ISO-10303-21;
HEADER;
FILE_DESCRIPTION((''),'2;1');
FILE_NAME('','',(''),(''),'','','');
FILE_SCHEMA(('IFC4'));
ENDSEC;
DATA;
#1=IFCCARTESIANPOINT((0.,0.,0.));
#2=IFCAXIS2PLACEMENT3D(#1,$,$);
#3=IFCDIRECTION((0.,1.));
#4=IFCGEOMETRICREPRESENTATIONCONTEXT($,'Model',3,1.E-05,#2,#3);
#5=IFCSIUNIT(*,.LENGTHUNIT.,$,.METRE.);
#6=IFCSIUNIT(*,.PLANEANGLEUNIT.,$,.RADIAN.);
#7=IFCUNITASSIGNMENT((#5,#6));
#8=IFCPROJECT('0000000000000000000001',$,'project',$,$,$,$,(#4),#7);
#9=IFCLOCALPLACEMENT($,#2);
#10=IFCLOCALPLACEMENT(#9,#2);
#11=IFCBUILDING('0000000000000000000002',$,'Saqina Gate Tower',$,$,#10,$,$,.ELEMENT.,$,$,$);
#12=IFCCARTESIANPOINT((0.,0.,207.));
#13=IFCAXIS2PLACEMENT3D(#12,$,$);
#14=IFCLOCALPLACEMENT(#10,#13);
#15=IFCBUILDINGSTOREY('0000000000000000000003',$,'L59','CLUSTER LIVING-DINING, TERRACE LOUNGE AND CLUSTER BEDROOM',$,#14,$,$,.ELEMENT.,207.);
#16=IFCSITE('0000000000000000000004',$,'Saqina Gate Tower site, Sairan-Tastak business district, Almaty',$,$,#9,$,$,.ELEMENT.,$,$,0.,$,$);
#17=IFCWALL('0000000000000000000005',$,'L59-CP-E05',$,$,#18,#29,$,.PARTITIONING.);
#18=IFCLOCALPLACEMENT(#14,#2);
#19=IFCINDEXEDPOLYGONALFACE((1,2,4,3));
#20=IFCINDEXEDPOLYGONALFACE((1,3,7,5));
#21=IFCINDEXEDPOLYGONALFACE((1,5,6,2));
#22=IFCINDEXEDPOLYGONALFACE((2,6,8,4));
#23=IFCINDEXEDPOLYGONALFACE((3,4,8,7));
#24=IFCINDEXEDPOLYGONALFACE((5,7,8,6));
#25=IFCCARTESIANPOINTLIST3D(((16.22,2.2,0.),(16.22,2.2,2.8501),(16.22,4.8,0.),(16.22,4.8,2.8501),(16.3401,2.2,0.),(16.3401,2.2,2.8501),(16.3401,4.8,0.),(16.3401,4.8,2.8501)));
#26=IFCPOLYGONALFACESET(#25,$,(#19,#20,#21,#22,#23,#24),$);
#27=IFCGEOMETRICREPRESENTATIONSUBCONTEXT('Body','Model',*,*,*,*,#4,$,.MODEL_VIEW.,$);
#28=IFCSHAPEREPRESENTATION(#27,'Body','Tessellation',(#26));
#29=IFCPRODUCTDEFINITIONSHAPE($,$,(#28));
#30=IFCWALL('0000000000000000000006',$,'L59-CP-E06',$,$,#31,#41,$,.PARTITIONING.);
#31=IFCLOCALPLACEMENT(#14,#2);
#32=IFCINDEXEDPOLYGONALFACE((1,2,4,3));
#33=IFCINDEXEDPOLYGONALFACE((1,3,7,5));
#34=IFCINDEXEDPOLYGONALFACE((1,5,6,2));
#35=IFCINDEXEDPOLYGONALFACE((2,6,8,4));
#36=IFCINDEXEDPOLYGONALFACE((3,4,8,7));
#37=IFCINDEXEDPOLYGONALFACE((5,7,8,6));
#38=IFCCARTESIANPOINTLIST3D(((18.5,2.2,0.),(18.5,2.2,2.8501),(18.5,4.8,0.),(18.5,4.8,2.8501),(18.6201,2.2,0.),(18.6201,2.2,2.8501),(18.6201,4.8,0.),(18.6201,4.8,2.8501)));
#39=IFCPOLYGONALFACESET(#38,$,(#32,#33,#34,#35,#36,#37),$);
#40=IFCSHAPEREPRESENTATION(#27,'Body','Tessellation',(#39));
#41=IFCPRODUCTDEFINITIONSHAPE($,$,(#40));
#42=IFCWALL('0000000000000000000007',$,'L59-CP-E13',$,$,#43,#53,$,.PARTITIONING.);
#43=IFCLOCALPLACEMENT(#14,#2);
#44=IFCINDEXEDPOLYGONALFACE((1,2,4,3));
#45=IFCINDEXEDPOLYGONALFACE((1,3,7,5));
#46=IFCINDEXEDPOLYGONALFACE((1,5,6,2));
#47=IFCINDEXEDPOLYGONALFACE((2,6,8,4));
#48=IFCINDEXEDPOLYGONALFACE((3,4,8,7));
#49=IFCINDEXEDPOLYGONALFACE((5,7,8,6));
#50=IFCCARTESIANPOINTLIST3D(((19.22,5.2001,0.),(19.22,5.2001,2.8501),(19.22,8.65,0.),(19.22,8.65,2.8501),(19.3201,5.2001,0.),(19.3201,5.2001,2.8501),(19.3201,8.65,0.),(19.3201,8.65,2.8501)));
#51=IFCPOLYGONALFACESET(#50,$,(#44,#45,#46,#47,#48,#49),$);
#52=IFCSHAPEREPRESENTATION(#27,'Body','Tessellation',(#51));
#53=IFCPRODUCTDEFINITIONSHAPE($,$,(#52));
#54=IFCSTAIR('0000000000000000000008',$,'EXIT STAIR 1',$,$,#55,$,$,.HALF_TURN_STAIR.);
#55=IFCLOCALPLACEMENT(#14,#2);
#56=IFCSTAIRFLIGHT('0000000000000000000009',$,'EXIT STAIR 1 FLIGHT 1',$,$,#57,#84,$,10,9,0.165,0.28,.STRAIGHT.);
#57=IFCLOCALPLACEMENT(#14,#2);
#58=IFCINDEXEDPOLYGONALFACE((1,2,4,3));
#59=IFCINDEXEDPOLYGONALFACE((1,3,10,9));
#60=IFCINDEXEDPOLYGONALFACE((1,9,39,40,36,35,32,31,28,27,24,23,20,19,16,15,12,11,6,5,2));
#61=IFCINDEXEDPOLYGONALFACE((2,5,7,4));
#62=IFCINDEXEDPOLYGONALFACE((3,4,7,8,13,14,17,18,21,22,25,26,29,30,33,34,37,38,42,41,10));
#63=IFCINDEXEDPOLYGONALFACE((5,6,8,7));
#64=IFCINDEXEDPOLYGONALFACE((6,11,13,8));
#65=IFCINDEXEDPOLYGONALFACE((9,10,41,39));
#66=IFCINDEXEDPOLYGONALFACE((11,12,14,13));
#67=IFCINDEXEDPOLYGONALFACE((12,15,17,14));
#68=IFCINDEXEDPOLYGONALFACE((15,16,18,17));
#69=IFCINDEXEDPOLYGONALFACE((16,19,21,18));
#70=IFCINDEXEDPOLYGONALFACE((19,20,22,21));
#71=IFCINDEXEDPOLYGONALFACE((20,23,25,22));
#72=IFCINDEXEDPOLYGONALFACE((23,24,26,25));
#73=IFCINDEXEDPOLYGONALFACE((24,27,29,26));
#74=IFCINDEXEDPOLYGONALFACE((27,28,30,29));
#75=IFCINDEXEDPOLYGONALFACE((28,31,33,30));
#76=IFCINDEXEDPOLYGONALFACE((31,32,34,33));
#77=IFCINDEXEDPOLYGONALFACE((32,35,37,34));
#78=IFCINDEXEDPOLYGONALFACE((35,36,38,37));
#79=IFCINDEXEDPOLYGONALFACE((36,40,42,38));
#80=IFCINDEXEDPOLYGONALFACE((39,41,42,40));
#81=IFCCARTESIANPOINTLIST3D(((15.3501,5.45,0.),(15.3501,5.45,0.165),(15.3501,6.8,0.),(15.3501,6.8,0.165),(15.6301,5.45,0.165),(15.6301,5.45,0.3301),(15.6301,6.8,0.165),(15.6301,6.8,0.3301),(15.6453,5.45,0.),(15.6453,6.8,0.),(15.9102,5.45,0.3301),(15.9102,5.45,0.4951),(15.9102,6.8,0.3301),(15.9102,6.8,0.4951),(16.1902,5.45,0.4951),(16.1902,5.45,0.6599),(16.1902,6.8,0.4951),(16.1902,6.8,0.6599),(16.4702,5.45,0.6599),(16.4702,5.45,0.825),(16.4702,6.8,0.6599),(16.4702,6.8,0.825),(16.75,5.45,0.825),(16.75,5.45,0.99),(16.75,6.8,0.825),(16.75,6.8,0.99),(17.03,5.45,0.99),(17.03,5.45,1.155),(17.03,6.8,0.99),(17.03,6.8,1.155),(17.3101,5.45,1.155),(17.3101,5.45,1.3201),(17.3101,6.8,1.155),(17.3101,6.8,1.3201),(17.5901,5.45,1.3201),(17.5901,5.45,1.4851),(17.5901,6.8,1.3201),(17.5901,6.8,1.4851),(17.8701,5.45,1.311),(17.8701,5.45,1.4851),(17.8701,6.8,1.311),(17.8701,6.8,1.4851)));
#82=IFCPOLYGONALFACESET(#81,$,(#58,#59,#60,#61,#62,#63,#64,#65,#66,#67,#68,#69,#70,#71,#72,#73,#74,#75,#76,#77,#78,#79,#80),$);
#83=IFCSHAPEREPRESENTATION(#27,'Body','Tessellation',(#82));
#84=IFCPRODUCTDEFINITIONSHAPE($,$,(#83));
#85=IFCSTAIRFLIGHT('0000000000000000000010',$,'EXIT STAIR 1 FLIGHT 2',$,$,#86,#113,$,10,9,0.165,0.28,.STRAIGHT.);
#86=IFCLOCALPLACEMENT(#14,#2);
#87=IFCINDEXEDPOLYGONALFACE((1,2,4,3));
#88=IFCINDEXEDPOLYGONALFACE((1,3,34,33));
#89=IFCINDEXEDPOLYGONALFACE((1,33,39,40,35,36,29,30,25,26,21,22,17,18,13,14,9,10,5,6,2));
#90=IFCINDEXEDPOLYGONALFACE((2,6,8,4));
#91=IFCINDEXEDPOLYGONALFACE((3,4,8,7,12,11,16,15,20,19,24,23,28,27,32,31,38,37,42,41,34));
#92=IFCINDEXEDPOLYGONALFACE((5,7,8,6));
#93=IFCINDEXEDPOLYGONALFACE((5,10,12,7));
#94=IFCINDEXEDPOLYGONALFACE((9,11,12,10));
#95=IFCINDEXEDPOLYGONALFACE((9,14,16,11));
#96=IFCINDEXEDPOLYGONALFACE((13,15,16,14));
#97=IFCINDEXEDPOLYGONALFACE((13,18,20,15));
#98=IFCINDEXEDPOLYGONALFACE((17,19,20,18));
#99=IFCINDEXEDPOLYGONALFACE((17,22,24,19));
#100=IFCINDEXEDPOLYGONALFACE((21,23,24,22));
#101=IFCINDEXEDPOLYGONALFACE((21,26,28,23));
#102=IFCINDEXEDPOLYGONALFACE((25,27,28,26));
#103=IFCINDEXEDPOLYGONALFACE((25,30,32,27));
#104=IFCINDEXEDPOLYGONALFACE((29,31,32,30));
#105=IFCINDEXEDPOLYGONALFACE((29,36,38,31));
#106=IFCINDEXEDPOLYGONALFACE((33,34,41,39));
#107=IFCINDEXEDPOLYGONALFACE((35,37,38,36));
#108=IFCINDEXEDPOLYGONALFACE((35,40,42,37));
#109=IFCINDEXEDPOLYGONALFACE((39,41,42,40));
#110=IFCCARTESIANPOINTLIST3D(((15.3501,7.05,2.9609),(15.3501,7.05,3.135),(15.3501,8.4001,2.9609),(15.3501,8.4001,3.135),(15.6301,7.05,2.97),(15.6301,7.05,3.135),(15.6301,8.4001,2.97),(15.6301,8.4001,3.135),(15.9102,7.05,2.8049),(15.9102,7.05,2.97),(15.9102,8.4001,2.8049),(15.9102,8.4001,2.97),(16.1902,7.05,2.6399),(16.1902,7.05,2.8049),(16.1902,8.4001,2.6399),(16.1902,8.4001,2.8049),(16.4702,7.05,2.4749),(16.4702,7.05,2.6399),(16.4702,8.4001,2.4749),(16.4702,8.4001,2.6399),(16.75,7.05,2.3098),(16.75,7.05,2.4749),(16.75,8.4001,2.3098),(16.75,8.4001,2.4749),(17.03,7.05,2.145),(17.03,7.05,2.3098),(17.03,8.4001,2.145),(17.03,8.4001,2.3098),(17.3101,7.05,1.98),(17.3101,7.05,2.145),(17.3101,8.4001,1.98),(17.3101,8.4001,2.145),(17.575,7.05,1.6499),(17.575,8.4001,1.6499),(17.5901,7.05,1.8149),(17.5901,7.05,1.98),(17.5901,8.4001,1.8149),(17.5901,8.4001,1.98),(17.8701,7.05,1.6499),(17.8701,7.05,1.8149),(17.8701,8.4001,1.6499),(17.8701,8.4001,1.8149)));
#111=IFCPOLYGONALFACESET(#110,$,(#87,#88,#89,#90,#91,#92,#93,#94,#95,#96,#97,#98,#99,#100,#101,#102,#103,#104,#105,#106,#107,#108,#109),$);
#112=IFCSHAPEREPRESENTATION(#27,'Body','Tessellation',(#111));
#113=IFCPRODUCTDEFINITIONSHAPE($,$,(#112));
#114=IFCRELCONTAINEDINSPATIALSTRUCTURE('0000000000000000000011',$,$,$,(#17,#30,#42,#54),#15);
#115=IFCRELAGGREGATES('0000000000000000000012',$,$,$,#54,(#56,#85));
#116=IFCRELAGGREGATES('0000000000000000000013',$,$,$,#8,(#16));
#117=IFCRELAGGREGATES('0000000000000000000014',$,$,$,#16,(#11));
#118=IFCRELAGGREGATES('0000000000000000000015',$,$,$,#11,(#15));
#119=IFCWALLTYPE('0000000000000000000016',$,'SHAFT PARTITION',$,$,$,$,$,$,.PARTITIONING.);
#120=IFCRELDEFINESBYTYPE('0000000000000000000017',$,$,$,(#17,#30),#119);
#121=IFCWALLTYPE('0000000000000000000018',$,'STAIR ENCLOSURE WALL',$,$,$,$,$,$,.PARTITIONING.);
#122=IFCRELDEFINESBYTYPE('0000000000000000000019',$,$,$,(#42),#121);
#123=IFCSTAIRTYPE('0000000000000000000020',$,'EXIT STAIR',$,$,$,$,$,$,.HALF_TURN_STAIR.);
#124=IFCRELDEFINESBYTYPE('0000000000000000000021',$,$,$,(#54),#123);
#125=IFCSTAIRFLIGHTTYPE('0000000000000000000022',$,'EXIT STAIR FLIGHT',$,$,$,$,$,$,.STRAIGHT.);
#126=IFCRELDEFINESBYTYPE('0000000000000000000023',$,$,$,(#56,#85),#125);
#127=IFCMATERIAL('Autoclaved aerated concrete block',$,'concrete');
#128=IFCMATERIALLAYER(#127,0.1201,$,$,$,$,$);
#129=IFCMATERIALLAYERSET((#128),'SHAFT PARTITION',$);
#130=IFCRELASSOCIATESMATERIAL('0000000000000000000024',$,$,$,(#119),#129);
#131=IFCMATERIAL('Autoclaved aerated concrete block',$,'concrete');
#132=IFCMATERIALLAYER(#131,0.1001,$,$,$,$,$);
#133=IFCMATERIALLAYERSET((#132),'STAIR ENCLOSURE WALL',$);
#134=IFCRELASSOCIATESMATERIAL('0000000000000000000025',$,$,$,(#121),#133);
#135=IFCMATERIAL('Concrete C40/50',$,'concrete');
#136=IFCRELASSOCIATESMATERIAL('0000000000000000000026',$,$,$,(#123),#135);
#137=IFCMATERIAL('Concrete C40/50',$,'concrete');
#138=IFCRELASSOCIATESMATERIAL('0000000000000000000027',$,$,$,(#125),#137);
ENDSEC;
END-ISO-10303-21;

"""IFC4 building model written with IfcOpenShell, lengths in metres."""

from ifc_helpers import new_model, si_unit, direction, frame, frame_2d, origin, place, context, subcontext, project, spatial, polyline, rectangle, outline, extrude, material, layer, layer_set, type_object, element, aggregate, save


model = new_model("IFC4")

# Units and contexts
model_context = context("Model", 3, precision=1e-05, world=origin(), true_north=direction((0.0, 1.0)))
body_context = subcontext(model_context, "Body", "Model", "MODEL_VIEW")
ifc_project = project(units=[si_unit("LENGTHUNIT", "METRE"), si_unit("PLANEANGLEUNIT", "RADIAN")], contexts=[model_context])

# Site, building, storey
site_placement = place(None, origin())
site = spatial("IfcSite", under=ifc_project, at=site_placement, Name="Saqina Gate Tower site, Sairan-Tastak business district, Almaty", CompositionType="ELEMENT", RefElevation=0.0)
building_placement = place(site_placement, origin())
building = spatial("IfcBuilding", under=site, at=building_placement, Name="Saqina Gate Tower", CompositionType="ELEMENT")
storey_placement = place(building_placement, frame((0.0, 0.0, 207.0)))
storey = spatial("IfcBuildingStorey", under=building, at=storey_placement, Name="L59", Description="CLUSTER LIVING-DINING, TERRACE LOUNGE AND CLUSTER BEDROOM", CompositionType="ELEMENT", Elevation=207.0)

# Walls
ifc_material_1 = material(Name="Autoclaved aerated concrete block", Category="concrete")
ifc_layer_1 = layer(ifc_material_1, 0.1201)
ifc_layer_set_1 = layer_set([ifc_layer_1], Name="SHAFT PARTITION")
wall_type_1 = type_object("IfcWallType", Name="SHAFT PARTITION", PredefinedType="PARTITIONING", material=ifc_layer_set_1)
for number, where, z_axis, x_axis, name in (
    (1, (16.28, 2.2, 0.0), (0.0, 0.0, 1.0), (0.0, 1.0, 0.0), "L59-CP-E05"),
    (2, (18.5601, 2.2, 0.0), (0.0, 0.0, 1.0), (0.0, 1.0, 0.0), "L59-CP-E06"),
):
    element("IfcWall", number, at=place(storey_placement, frame(where, z_axis=z_axis, x_axis=x_axis)), inside=storey, type_object=wall_type_1, Name=name, PredefinedType="PARTITIONING", context=body_context, shape_type="SweptSolid", body=[
        extrude(rectangle(XDim=2.6001, YDim=0.1201, at=frame_2d((1.3, 0.0))), origin(), (0.0, 0.0, 1.0), 2.8501),
    ])
ifc_material_2 = material(Name="Autoclaved aerated concrete block", Category="concrete")
ifc_layer_2 = layer(ifc_material_2, 0.1001)
ifc_layer_set_2 = layer_set([ifc_layer_2], Name="STAIR ENCLOSURE WALL")
wall_type_2 = type_object("IfcWallType", Name="STAIR ENCLOSURE WALL", PredefinedType="PARTITIONING", material=ifc_layer_set_2)
wall_1_placement = place(storey_placement, frame((19.27, 5.2, 0.0), z_axis=(0.0, 0.0, 1.0), x_axis=(0.0, 1.0, 0.0)))
element("IfcWall", 3, at=wall_1_placement, inside=storey, type_object=wall_type_2, Name="L59-CP-E13", PredefinedType="PARTITIONING", context=body_context, shape_type="SweptSolid", body=[
    extrude(rectangle(XDim=3.45, YDim=0.1001, at=frame_2d((1.7251, 0.0))), origin(), (0.0, 0.0, 1.0), 2.8501),
])

# Stair, stair flights
ifc_material_3 = material(Name="Concrete C40/50", Category="concrete")
stair_type = type_object("IfcStairType", Name="EXIT STAIR", PredefinedType="HALF_TURN_STAIR", material=ifc_material_3)
stair_placement = place(storey_placement, origin())
stair = element("IfcStair", 4, at=stair_placement, inside=storey, type_object=stair_type, Name="EXIT STAIR 1", PredefinedType="HALF_TURN_STAIR")
ifc_material_4 = material(Name="Concrete C40/50", Category="concrete")
stair_flight_type = type_object("IfcStairFlightType", Name="EXIT STAIR FLIGHT", PredefinedType="STRAIGHT", material=ifc_material_4)
stair_flight_1_placement = place(storey_placement, frame((15.3501, 6.125, 0.0), z_axis=(0.0, 0.0, 1.0), x_axis=(1.0, 0.0, 0.0)))
stair_flight_1 = element("IfcStairFlight", 5, at=stair_flight_1_placement, type_object=stair_flight_type, Name="EXIT STAIR 1 FLIGHT 1", NumberOfRisers=10, NumberOfTreads=9, PredefinedType="STRAIGHT", RiserHeight=0.165, TreadLength=0.28, context=body_context, shape_type="SweptSolid", body=[
    extrude(outline(polyline([(0.0, 0.0), (0.0, 0.165), (0.28, 0.165), (0.28, 0.3301), (0.5601, 0.3301), (0.5601, 0.4951), (0.8401, 0.4951), (0.8401, 0.6599), (1.1201, 0.6599), (1.1201, 0.825), (1.3999, 0.825), (1.3999, 0.99), (1.6799, 0.99), (1.6799, 1.155), (1.96, 1.155), (1.96, 1.3201), (2.24, 1.3201), (2.24, 1.4851), (2.52, 1.4851), (2.52, 1.6499), (2.52, 1.311), (0.2952, 0.0), (0.0, 0.0)])), frame((0.0, 0.675, 0.0), z_axis=(0.0, -1.0, 0.0), x_axis=(1.0, 0.0, 0.0)), (0.0, 0.0, 1.0), 1.3501),
])
stair_flight_2_placement = place(storey_placement, frame((17.8701, 7.7251, 1.6499), z_axis=(0.0, 0.0, 1.0), x_axis=(-1.0, 0.0, 0.0)))
stair_flight_2 = element("IfcStairFlight", 6, at=stair_flight_2_placement, type_object=stair_flight_type, Name="EXIT STAIR 1 FLIGHT 2", NumberOfRisers=10, NumberOfTreads=9, PredefinedType="STRAIGHT", RiserHeight=0.165, TreadLength=0.28, context=body_context, shape_type="SweptSolid", body=[
    extrude(outline(polyline([(0.0, 0.0), (0.0, 0.165), (0.28, 0.165), (0.28, 0.3301), (0.5601, 0.3301), (0.5601, 0.4951), (0.8401, 0.4951), (0.8401, 0.6599), (1.1201, 0.6599), (1.1201, 0.825), (1.3999, 0.825), (1.3999, 0.99), (1.6799, 0.99), (1.6799, 1.155), (1.96, 1.155), (1.96, 1.3201), (2.24, 1.3201), (2.24, 1.4851), (2.52, 1.4851), (2.52, 1.6499), (2.52, 1.311), (0.2952, 0.0), (0.0, 0.0)])), frame((0.0, 0.675, 0.0), z_axis=(0.0, -1.0, 0.0), x_axis=(1.0, 0.0, 0.0)), (0.0, 0.0, 1.0), 1.3501),
])
aggregate(stair, [stair_flight_1, stair_flight_2])

save(model, "model.ifc")
